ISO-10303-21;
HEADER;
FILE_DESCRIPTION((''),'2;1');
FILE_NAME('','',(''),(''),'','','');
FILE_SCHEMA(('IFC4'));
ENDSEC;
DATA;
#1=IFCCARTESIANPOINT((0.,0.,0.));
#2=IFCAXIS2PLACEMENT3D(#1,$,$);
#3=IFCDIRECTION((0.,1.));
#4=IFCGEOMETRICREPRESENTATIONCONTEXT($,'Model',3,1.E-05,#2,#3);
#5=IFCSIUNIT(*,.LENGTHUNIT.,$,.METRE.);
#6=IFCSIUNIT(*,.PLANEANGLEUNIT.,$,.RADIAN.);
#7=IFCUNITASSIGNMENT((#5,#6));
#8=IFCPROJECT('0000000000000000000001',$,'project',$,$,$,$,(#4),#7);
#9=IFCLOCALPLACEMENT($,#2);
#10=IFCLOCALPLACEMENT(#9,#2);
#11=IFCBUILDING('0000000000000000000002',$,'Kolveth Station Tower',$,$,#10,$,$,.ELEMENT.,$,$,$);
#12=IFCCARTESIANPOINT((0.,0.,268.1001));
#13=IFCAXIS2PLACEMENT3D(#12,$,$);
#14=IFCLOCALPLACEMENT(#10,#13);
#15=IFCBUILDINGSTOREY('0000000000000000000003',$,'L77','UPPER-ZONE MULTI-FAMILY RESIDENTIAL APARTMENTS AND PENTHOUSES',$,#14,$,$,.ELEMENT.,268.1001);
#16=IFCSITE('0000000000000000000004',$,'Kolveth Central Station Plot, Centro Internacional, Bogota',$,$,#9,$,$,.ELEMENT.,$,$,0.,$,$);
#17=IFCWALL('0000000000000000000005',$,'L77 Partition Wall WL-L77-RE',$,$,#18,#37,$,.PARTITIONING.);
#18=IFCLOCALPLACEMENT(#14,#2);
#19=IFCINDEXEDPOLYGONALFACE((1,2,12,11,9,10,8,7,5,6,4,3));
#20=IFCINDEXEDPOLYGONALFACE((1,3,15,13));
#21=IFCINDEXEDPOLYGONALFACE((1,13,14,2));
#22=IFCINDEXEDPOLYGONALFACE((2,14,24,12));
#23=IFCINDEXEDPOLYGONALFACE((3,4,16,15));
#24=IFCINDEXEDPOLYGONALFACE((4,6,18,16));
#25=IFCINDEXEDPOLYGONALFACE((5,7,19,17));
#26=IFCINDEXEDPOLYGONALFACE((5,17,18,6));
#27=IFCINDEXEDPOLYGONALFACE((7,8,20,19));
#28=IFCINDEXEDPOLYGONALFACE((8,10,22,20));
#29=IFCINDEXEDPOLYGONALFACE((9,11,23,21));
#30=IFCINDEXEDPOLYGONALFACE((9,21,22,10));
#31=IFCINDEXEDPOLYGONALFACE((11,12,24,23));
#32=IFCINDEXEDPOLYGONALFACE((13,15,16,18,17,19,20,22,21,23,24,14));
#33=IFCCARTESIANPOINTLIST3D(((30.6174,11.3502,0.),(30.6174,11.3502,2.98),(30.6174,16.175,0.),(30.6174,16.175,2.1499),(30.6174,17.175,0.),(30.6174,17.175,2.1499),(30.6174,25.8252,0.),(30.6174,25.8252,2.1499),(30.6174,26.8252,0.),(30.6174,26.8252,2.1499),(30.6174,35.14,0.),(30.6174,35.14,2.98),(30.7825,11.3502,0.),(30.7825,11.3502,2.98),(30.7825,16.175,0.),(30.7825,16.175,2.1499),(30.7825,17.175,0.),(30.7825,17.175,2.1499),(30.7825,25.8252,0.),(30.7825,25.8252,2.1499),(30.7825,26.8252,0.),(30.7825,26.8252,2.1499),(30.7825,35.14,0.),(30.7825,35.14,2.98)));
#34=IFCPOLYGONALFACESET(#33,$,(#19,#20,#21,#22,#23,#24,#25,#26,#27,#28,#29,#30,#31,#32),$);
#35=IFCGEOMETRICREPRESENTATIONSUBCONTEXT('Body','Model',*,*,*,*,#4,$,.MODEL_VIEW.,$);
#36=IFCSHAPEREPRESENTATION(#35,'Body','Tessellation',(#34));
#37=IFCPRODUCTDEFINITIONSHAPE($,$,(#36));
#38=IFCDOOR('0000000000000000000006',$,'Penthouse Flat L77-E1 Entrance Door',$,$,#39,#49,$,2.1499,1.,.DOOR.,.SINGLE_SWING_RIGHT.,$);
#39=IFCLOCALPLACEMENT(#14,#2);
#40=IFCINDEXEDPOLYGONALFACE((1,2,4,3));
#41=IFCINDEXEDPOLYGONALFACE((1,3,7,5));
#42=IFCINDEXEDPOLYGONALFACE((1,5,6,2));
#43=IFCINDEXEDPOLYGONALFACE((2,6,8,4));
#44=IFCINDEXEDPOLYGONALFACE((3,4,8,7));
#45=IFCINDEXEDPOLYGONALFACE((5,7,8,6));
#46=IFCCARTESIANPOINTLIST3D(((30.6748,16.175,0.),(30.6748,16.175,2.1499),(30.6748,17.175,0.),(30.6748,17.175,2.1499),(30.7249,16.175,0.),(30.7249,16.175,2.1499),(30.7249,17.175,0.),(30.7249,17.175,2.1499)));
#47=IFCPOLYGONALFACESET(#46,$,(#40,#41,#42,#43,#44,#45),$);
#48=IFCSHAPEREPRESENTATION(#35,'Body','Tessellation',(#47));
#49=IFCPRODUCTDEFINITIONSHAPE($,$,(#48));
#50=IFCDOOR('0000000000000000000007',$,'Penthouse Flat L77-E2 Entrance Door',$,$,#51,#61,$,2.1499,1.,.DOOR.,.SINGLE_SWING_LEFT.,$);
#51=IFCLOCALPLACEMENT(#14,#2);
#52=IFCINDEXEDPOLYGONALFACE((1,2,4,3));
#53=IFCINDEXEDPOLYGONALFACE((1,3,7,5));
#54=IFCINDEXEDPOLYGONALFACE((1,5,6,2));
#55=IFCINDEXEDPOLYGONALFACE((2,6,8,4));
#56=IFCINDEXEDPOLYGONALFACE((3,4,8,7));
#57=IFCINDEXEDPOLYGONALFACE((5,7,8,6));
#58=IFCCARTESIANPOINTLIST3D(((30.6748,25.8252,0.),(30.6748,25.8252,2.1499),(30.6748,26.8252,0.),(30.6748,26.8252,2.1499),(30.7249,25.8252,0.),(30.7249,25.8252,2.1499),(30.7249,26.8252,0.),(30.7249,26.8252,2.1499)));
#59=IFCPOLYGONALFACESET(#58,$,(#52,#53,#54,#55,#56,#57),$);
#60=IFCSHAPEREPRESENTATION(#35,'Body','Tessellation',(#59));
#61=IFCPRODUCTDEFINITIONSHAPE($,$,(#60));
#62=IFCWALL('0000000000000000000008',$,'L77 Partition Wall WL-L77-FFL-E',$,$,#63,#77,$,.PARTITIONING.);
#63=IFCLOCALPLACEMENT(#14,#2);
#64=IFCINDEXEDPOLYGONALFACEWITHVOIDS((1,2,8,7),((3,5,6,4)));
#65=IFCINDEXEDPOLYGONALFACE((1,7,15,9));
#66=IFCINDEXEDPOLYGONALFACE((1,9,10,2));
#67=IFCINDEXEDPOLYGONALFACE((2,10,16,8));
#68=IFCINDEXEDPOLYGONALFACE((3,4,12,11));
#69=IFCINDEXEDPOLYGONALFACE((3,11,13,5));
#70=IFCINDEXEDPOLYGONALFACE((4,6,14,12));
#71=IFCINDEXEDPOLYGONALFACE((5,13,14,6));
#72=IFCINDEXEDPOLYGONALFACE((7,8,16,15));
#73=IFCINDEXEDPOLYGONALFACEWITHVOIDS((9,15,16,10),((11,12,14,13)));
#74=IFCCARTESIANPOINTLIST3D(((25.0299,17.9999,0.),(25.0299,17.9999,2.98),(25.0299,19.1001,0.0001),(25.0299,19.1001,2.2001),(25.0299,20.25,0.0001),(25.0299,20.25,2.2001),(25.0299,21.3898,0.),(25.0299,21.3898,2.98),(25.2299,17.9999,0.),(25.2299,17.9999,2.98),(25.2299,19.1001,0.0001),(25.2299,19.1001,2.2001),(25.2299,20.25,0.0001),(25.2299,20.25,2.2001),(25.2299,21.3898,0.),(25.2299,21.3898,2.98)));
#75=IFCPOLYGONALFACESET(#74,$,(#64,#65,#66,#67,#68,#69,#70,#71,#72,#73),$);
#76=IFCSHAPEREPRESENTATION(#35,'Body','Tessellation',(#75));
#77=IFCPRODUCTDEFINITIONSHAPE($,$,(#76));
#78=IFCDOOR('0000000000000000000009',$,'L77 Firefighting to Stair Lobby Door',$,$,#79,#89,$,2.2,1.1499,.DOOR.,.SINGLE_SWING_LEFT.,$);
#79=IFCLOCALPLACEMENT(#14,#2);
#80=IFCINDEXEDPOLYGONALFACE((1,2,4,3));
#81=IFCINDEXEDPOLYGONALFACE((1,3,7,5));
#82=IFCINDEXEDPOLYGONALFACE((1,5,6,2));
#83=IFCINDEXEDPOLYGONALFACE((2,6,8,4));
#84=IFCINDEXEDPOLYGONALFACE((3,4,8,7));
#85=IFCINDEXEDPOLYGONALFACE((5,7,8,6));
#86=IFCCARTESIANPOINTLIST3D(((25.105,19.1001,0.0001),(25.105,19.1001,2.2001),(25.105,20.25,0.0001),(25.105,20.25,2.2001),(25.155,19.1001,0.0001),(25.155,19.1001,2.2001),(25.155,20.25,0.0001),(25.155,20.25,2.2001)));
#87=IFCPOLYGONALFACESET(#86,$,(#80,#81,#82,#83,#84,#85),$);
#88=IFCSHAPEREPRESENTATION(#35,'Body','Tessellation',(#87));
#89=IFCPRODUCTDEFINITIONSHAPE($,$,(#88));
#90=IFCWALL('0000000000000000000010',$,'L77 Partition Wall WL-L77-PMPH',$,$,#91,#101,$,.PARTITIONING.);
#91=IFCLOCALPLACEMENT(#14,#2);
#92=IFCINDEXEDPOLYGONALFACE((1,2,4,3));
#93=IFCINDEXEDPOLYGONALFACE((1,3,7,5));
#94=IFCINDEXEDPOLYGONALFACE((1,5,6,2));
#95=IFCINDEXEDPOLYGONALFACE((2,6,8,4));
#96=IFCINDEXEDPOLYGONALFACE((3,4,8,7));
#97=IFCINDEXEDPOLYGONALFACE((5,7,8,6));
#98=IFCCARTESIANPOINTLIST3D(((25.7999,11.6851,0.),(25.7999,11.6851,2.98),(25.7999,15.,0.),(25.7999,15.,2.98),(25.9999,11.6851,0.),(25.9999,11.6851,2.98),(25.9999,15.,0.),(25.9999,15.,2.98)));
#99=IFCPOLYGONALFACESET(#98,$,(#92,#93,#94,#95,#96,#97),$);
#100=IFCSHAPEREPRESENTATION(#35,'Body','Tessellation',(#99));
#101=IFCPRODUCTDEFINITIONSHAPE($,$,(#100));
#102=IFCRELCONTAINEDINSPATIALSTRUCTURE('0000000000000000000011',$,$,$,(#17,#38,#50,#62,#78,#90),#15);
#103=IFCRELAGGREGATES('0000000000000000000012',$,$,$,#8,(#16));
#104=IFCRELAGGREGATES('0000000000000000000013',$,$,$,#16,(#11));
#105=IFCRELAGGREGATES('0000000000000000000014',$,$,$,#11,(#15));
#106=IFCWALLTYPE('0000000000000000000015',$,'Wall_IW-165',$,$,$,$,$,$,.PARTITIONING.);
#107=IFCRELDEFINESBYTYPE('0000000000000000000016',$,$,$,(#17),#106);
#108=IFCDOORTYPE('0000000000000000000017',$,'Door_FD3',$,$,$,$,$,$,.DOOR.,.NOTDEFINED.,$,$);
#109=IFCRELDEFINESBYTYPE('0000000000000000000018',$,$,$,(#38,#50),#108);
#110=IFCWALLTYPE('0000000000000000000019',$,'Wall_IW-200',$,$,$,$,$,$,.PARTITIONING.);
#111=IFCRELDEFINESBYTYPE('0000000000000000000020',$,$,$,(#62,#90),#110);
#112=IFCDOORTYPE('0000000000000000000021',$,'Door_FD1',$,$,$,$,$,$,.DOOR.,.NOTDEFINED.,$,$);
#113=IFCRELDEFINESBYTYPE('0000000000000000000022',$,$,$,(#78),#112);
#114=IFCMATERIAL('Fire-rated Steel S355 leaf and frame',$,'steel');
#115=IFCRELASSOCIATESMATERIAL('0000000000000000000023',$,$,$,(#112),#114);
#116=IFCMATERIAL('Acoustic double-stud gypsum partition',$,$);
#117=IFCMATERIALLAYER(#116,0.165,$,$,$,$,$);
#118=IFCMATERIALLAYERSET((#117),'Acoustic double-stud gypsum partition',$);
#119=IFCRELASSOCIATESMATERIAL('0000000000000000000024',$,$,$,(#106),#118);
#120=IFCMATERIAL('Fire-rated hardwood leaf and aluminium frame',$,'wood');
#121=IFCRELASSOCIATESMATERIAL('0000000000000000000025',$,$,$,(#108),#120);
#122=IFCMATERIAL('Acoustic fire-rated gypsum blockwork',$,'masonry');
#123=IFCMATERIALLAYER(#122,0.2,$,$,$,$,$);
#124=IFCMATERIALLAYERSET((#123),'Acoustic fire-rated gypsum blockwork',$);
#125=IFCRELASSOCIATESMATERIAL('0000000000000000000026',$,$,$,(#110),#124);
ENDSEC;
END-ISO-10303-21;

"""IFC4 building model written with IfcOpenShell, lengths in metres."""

from ifc_helpers import new_model, si_unit, direction, frame, frame_2d, origin, place, context, subcontext, project, spatial, rectangle, extrude, material, layer, layer_set, type_object, element, fill, save


model = new_model("IFC4")

# Units and contexts
model_context = context("Model", 3, precision=1e-05, world=origin(), true_north=direction((0.0, 1.0)))
body_context = subcontext(model_context, "Body", "Model", "MODEL_VIEW")
ifc_project = project(units=[si_unit("LENGTHUNIT", "METRE"), si_unit("PLANEANGLEUNIT", "RADIAN")], contexts=[model_context])

# Site, building, storey
site_placement = place(None, origin())
site = spatial("IfcSite", under=ifc_project, at=site_placement, Name="Kolveth Central Station Plot, Centro Internacional, Bogota", CompositionType="ELEMENT", RefElevation=0.0)
building_placement = place(site_placement, origin())
building = spatial("IfcBuilding", under=site, at=building_placement, Name="Kolveth Station Tower", CompositionType="ELEMENT")
storey_placement = place(building_placement, frame((0.0, 0.0, 268.1001)))
storey = spatial("IfcBuildingStorey", under=building, at=storey_placement, Name="L77", Description="UPPER-ZONE MULTI-FAMILY RESIDENTIAL APARTMENTS AND PENTHOUSES", CompositionType="ELEMENT", Elevation=268.1001)

# Shared definitions
ifc_material_1 = material(Name="Fire-rated Steel S355 leaf and frame", Category="steel")
door_type_1 = type_object("IfcDoorType", Name="Door_FD1", OperationType="NOTDEFINED", PredefinedType="DOOR", material=ifc_material_1)

# Shared definitions
ifc_material_2 = material(Name="Acoustic double-stud gypsum partition")
ifc_layer_1 = layer(ifc_material_2, 0.165)
ifc_layer_set_1 = layer_set([ifc_layer_1], Name="Acoustic double-stud gypsum partition")
wall_type_1 = type_object("IfcWallType", Name="Wall_IW-165", PredefinedType="PARTITIONING", material=ifc_layer_set_1)

# Wall, openings, doors
wall_1_placement = place(storey_placement, frame((30.7, 11.3501, 0.0), z_axis=(0.0, 0.0, 1.0), x_axis=(0.0, 1.0, 0.0)))
wall_1 = element("IfcWall", 1, at=wall_1_placement, inside=storey, type_object=wall_type_1, Name="L77 Partition Wall WL-L77-RE", PredefinedType="PARTITIONING", context=body_context, shape_type="SweptSolid", body=[
    extrude(rectangle(XDim=23.7898, YDim=0.165, at=frame_2d((11.895, 0.0))), origin(), (0.0, 0.0, 1.0), 2.98),
])
opening_1_placement = place(wall_1_placement, frame((4.825, 0.0, 0.0)))
opening_1 = element("IfcOpeningElement", 2, at=opening_1_placement, cuts=wall_1, PredefinedType="OPENING", context=body_context, shape_type="SweptSolid", body=[
    extrude(rectangle(XDim=1.0, YDim=2.1499, at=frame_2d((0.5, 1.075))), frame((0.0, 0.0925, 0.0), z_axis=(0.0, -1.0, 0.0), x_axis=(1.0, 0.0, 0.0)), (0.0, 0.0, 1.0), 0.1851),
])
opening_2_placement = place(wall_1_placement, frame((14.4751, 0.0, 0.0)))
opening_2 = element("IfcOpeningElement", 3, at=opening_2_placement, cuts=wall_1, PredefinedType="OPENING", context=body_context, shape_type="SweptSolid", body=[
    extrude(rectangle(XDim=1.0, YDim=2.1499, at=frame_2d((0.5, 1.075))), frame((0.0, 0.0925, 0.0), z_axis=(0.0, -1.0, 0.0), x_axis=(1.0, 0.0, 0.0)), (0.0, 0.0, 1.0), 0.1851),
])
ifc_material_3 = material(Name="Fire-rated hardwood leaf and aluminium frame", Category="wood")
door_type_2 = type_object("IfcDoorType", Name="Door_FD3", OperationType="NOTDEFINED", PredefinedType="DOOR", material=ifc_material_3)
door_1_placement = place(opening_1_placement, frame((1.0, 0.0, 0.0), z_axis=(0.0, 0.0, 1.0), x_axis=(-1.0, 0.0, 0.0)))
door_1 = element("IfcDoor", 4, at=door_1_placement, inside=storey, type_object=door_type_2, Name="Penthouse Flat L77-E1 Entrance Door", OperationType="SINGLE_SWING_RIGHT", OverallHeight=2.1499, OverallWidth=1.0, PredefinedType="DOOR", context=body_context, shape_type="SweptSolid", body=[
    extrude(rectangle(XDim=1.0, YDim=2.1499, at=frame_2d((0.5, 1.075))), frame((0.0, 0.0249, 0.0), z_axis=(0.0, -1.0, 0.0), x_axis=(1.0, 0.0, 0.0)), (0.0, 0.0, 1.0), 0.05),
])
fill(opening_1, door_1)
door_2_placement = place(opening_2_placement, frame((1.0, 0.0, 0.0), z_axis=(0.0, 0.0, 1.0), x_axis=(-1.0, 0.0, 0.0)))
door_2 = element("IfcDoor", 5, at=door_2_placement, inside=storey, type_object=door_type_2, Name="Penthouse Flat L77-E2 Entrance Door", OperationType="SINGLE_SWING_LEFT", OverallHeight=2.1499, OverallWidth=1.0, PredefinedType="DOOR", context=body_context, shape_type="SweptSolid", body=[
    extrude(rectangle(XDim=1.0, YDim=2.1499, at=frame_2d((0.5, 1.075))), frame((0.0, 0.0249, 0.0), z_axis=(0.0, -1.0, 0.0), x_axis=(1.0, 0.0, 0.0)), (0.0, 0.0, 1.0), 0.05),
])
fill(opening_2, door_2)

# Wall, opening, door
ifc_material_4 = material(Name="Acoustic fire-rated gypsum blockwork", Category="masonry")
ifc_layer_2 = layer(ifc_material_4, 0.2)
ifc_layer_set_2 = layer_set([ifc_layer_2], Name="Acoustic fire-rated gypsum blockwork")
wall_type_2 = type_object("IfcWallType", Name="Wall_IW-200", PredefinedType="PARTITIONING", material=ifc_layer_set_2)
wall_2_placement = place(storey_placement, frame((25.1299, 18.0, 0.0), z_axis=(0.0, 0.0, 1.0), x_axis=(0.0, 1.0, 0.0)))
wall_2 = element("IfcWall", 6, at=wall_2_placement, inside=storey, type_object=wall_type_2, Name="L77 Partition Wall WL-L77-FFL-E", PredefinedType="PARTITIONING", context=body_context, shape_type="SweptSolid", body=[
    extrude(rectangle(XDim=3.3899, YDim=0.2, at=frame_2d((1.6948, 0.0))), origin(), (0.0, 0.0, 1.0), 2.98),
])
opening_3_placement = place(wall_2_placement, frame((1.1001, 0.0, 0.0)))
opening_3 = element("IfcOpeningElement", 7, at=opening_3_placement, cuts=wall_2, PredefinedType="OPENING", context=body_context, shape_type="SweptSolid", body=[
    extrude(rectangle(XDim=1.1499, YDim=2.2, at=frame_2d((0.575, 1.1001))), frame((0.0, 0.1099, 0.0), z_axis=(0.0, -1.0, 0.0), x_axis=(1.0, 0.0, 0.0)), (0.0, 0.0, 1.0), 0.22),
])
door_3_placement = place(opening_3_placement, origin())
door_3 = element("IfcDoor", 8, at=door_3_placement, inside=storey, type_object=door_type_1, Name="L77 Firefighting to Stair Lobby Door", OperationType="SINGLE_SWING_LEFT", OverallHeight=2.2, OverallWidth=1.1499, PredefinedType="DOOR", context=body_context, shape_type="SweptSolid", body=[
    extrude(rectangle(XDim=1.1499, YDim=2.2, at=frame_2d((0.575, 1.1001))), frame((0.0, 0.0249, 0.0), z_axis=(0.0, -1.0, 0.0), x_axis=(1.0, 0.0, 0.0)), (0.0, 0.0, 1.0), 0.05),
])
fill(opening_3, door_3)

# Wall
wall_3_placement = place(storey_placement, frame((25.8999, 11.6851, 0.0), z_axis=(0.0, 0.0, 1.0), x_axis=(0.0, 1.0, 0.0)))
element("IfcWall", 9, at=wall_3_placement, inside=storey, type_object=wall_type_2, Name="L77 Partition Wall WL-L77-PMPH", PredefinedType="PARTITIONING", context=body_context, shape_type="SweptSolid", body=[
    extrude(rectangle(XDim=3.3149, YDim=0.2, at=frame_2d((1.6575, 0.0))), origin(), (0.0, 0.0, 1.0), 2.98),
])

save(model, "model.ifc")
